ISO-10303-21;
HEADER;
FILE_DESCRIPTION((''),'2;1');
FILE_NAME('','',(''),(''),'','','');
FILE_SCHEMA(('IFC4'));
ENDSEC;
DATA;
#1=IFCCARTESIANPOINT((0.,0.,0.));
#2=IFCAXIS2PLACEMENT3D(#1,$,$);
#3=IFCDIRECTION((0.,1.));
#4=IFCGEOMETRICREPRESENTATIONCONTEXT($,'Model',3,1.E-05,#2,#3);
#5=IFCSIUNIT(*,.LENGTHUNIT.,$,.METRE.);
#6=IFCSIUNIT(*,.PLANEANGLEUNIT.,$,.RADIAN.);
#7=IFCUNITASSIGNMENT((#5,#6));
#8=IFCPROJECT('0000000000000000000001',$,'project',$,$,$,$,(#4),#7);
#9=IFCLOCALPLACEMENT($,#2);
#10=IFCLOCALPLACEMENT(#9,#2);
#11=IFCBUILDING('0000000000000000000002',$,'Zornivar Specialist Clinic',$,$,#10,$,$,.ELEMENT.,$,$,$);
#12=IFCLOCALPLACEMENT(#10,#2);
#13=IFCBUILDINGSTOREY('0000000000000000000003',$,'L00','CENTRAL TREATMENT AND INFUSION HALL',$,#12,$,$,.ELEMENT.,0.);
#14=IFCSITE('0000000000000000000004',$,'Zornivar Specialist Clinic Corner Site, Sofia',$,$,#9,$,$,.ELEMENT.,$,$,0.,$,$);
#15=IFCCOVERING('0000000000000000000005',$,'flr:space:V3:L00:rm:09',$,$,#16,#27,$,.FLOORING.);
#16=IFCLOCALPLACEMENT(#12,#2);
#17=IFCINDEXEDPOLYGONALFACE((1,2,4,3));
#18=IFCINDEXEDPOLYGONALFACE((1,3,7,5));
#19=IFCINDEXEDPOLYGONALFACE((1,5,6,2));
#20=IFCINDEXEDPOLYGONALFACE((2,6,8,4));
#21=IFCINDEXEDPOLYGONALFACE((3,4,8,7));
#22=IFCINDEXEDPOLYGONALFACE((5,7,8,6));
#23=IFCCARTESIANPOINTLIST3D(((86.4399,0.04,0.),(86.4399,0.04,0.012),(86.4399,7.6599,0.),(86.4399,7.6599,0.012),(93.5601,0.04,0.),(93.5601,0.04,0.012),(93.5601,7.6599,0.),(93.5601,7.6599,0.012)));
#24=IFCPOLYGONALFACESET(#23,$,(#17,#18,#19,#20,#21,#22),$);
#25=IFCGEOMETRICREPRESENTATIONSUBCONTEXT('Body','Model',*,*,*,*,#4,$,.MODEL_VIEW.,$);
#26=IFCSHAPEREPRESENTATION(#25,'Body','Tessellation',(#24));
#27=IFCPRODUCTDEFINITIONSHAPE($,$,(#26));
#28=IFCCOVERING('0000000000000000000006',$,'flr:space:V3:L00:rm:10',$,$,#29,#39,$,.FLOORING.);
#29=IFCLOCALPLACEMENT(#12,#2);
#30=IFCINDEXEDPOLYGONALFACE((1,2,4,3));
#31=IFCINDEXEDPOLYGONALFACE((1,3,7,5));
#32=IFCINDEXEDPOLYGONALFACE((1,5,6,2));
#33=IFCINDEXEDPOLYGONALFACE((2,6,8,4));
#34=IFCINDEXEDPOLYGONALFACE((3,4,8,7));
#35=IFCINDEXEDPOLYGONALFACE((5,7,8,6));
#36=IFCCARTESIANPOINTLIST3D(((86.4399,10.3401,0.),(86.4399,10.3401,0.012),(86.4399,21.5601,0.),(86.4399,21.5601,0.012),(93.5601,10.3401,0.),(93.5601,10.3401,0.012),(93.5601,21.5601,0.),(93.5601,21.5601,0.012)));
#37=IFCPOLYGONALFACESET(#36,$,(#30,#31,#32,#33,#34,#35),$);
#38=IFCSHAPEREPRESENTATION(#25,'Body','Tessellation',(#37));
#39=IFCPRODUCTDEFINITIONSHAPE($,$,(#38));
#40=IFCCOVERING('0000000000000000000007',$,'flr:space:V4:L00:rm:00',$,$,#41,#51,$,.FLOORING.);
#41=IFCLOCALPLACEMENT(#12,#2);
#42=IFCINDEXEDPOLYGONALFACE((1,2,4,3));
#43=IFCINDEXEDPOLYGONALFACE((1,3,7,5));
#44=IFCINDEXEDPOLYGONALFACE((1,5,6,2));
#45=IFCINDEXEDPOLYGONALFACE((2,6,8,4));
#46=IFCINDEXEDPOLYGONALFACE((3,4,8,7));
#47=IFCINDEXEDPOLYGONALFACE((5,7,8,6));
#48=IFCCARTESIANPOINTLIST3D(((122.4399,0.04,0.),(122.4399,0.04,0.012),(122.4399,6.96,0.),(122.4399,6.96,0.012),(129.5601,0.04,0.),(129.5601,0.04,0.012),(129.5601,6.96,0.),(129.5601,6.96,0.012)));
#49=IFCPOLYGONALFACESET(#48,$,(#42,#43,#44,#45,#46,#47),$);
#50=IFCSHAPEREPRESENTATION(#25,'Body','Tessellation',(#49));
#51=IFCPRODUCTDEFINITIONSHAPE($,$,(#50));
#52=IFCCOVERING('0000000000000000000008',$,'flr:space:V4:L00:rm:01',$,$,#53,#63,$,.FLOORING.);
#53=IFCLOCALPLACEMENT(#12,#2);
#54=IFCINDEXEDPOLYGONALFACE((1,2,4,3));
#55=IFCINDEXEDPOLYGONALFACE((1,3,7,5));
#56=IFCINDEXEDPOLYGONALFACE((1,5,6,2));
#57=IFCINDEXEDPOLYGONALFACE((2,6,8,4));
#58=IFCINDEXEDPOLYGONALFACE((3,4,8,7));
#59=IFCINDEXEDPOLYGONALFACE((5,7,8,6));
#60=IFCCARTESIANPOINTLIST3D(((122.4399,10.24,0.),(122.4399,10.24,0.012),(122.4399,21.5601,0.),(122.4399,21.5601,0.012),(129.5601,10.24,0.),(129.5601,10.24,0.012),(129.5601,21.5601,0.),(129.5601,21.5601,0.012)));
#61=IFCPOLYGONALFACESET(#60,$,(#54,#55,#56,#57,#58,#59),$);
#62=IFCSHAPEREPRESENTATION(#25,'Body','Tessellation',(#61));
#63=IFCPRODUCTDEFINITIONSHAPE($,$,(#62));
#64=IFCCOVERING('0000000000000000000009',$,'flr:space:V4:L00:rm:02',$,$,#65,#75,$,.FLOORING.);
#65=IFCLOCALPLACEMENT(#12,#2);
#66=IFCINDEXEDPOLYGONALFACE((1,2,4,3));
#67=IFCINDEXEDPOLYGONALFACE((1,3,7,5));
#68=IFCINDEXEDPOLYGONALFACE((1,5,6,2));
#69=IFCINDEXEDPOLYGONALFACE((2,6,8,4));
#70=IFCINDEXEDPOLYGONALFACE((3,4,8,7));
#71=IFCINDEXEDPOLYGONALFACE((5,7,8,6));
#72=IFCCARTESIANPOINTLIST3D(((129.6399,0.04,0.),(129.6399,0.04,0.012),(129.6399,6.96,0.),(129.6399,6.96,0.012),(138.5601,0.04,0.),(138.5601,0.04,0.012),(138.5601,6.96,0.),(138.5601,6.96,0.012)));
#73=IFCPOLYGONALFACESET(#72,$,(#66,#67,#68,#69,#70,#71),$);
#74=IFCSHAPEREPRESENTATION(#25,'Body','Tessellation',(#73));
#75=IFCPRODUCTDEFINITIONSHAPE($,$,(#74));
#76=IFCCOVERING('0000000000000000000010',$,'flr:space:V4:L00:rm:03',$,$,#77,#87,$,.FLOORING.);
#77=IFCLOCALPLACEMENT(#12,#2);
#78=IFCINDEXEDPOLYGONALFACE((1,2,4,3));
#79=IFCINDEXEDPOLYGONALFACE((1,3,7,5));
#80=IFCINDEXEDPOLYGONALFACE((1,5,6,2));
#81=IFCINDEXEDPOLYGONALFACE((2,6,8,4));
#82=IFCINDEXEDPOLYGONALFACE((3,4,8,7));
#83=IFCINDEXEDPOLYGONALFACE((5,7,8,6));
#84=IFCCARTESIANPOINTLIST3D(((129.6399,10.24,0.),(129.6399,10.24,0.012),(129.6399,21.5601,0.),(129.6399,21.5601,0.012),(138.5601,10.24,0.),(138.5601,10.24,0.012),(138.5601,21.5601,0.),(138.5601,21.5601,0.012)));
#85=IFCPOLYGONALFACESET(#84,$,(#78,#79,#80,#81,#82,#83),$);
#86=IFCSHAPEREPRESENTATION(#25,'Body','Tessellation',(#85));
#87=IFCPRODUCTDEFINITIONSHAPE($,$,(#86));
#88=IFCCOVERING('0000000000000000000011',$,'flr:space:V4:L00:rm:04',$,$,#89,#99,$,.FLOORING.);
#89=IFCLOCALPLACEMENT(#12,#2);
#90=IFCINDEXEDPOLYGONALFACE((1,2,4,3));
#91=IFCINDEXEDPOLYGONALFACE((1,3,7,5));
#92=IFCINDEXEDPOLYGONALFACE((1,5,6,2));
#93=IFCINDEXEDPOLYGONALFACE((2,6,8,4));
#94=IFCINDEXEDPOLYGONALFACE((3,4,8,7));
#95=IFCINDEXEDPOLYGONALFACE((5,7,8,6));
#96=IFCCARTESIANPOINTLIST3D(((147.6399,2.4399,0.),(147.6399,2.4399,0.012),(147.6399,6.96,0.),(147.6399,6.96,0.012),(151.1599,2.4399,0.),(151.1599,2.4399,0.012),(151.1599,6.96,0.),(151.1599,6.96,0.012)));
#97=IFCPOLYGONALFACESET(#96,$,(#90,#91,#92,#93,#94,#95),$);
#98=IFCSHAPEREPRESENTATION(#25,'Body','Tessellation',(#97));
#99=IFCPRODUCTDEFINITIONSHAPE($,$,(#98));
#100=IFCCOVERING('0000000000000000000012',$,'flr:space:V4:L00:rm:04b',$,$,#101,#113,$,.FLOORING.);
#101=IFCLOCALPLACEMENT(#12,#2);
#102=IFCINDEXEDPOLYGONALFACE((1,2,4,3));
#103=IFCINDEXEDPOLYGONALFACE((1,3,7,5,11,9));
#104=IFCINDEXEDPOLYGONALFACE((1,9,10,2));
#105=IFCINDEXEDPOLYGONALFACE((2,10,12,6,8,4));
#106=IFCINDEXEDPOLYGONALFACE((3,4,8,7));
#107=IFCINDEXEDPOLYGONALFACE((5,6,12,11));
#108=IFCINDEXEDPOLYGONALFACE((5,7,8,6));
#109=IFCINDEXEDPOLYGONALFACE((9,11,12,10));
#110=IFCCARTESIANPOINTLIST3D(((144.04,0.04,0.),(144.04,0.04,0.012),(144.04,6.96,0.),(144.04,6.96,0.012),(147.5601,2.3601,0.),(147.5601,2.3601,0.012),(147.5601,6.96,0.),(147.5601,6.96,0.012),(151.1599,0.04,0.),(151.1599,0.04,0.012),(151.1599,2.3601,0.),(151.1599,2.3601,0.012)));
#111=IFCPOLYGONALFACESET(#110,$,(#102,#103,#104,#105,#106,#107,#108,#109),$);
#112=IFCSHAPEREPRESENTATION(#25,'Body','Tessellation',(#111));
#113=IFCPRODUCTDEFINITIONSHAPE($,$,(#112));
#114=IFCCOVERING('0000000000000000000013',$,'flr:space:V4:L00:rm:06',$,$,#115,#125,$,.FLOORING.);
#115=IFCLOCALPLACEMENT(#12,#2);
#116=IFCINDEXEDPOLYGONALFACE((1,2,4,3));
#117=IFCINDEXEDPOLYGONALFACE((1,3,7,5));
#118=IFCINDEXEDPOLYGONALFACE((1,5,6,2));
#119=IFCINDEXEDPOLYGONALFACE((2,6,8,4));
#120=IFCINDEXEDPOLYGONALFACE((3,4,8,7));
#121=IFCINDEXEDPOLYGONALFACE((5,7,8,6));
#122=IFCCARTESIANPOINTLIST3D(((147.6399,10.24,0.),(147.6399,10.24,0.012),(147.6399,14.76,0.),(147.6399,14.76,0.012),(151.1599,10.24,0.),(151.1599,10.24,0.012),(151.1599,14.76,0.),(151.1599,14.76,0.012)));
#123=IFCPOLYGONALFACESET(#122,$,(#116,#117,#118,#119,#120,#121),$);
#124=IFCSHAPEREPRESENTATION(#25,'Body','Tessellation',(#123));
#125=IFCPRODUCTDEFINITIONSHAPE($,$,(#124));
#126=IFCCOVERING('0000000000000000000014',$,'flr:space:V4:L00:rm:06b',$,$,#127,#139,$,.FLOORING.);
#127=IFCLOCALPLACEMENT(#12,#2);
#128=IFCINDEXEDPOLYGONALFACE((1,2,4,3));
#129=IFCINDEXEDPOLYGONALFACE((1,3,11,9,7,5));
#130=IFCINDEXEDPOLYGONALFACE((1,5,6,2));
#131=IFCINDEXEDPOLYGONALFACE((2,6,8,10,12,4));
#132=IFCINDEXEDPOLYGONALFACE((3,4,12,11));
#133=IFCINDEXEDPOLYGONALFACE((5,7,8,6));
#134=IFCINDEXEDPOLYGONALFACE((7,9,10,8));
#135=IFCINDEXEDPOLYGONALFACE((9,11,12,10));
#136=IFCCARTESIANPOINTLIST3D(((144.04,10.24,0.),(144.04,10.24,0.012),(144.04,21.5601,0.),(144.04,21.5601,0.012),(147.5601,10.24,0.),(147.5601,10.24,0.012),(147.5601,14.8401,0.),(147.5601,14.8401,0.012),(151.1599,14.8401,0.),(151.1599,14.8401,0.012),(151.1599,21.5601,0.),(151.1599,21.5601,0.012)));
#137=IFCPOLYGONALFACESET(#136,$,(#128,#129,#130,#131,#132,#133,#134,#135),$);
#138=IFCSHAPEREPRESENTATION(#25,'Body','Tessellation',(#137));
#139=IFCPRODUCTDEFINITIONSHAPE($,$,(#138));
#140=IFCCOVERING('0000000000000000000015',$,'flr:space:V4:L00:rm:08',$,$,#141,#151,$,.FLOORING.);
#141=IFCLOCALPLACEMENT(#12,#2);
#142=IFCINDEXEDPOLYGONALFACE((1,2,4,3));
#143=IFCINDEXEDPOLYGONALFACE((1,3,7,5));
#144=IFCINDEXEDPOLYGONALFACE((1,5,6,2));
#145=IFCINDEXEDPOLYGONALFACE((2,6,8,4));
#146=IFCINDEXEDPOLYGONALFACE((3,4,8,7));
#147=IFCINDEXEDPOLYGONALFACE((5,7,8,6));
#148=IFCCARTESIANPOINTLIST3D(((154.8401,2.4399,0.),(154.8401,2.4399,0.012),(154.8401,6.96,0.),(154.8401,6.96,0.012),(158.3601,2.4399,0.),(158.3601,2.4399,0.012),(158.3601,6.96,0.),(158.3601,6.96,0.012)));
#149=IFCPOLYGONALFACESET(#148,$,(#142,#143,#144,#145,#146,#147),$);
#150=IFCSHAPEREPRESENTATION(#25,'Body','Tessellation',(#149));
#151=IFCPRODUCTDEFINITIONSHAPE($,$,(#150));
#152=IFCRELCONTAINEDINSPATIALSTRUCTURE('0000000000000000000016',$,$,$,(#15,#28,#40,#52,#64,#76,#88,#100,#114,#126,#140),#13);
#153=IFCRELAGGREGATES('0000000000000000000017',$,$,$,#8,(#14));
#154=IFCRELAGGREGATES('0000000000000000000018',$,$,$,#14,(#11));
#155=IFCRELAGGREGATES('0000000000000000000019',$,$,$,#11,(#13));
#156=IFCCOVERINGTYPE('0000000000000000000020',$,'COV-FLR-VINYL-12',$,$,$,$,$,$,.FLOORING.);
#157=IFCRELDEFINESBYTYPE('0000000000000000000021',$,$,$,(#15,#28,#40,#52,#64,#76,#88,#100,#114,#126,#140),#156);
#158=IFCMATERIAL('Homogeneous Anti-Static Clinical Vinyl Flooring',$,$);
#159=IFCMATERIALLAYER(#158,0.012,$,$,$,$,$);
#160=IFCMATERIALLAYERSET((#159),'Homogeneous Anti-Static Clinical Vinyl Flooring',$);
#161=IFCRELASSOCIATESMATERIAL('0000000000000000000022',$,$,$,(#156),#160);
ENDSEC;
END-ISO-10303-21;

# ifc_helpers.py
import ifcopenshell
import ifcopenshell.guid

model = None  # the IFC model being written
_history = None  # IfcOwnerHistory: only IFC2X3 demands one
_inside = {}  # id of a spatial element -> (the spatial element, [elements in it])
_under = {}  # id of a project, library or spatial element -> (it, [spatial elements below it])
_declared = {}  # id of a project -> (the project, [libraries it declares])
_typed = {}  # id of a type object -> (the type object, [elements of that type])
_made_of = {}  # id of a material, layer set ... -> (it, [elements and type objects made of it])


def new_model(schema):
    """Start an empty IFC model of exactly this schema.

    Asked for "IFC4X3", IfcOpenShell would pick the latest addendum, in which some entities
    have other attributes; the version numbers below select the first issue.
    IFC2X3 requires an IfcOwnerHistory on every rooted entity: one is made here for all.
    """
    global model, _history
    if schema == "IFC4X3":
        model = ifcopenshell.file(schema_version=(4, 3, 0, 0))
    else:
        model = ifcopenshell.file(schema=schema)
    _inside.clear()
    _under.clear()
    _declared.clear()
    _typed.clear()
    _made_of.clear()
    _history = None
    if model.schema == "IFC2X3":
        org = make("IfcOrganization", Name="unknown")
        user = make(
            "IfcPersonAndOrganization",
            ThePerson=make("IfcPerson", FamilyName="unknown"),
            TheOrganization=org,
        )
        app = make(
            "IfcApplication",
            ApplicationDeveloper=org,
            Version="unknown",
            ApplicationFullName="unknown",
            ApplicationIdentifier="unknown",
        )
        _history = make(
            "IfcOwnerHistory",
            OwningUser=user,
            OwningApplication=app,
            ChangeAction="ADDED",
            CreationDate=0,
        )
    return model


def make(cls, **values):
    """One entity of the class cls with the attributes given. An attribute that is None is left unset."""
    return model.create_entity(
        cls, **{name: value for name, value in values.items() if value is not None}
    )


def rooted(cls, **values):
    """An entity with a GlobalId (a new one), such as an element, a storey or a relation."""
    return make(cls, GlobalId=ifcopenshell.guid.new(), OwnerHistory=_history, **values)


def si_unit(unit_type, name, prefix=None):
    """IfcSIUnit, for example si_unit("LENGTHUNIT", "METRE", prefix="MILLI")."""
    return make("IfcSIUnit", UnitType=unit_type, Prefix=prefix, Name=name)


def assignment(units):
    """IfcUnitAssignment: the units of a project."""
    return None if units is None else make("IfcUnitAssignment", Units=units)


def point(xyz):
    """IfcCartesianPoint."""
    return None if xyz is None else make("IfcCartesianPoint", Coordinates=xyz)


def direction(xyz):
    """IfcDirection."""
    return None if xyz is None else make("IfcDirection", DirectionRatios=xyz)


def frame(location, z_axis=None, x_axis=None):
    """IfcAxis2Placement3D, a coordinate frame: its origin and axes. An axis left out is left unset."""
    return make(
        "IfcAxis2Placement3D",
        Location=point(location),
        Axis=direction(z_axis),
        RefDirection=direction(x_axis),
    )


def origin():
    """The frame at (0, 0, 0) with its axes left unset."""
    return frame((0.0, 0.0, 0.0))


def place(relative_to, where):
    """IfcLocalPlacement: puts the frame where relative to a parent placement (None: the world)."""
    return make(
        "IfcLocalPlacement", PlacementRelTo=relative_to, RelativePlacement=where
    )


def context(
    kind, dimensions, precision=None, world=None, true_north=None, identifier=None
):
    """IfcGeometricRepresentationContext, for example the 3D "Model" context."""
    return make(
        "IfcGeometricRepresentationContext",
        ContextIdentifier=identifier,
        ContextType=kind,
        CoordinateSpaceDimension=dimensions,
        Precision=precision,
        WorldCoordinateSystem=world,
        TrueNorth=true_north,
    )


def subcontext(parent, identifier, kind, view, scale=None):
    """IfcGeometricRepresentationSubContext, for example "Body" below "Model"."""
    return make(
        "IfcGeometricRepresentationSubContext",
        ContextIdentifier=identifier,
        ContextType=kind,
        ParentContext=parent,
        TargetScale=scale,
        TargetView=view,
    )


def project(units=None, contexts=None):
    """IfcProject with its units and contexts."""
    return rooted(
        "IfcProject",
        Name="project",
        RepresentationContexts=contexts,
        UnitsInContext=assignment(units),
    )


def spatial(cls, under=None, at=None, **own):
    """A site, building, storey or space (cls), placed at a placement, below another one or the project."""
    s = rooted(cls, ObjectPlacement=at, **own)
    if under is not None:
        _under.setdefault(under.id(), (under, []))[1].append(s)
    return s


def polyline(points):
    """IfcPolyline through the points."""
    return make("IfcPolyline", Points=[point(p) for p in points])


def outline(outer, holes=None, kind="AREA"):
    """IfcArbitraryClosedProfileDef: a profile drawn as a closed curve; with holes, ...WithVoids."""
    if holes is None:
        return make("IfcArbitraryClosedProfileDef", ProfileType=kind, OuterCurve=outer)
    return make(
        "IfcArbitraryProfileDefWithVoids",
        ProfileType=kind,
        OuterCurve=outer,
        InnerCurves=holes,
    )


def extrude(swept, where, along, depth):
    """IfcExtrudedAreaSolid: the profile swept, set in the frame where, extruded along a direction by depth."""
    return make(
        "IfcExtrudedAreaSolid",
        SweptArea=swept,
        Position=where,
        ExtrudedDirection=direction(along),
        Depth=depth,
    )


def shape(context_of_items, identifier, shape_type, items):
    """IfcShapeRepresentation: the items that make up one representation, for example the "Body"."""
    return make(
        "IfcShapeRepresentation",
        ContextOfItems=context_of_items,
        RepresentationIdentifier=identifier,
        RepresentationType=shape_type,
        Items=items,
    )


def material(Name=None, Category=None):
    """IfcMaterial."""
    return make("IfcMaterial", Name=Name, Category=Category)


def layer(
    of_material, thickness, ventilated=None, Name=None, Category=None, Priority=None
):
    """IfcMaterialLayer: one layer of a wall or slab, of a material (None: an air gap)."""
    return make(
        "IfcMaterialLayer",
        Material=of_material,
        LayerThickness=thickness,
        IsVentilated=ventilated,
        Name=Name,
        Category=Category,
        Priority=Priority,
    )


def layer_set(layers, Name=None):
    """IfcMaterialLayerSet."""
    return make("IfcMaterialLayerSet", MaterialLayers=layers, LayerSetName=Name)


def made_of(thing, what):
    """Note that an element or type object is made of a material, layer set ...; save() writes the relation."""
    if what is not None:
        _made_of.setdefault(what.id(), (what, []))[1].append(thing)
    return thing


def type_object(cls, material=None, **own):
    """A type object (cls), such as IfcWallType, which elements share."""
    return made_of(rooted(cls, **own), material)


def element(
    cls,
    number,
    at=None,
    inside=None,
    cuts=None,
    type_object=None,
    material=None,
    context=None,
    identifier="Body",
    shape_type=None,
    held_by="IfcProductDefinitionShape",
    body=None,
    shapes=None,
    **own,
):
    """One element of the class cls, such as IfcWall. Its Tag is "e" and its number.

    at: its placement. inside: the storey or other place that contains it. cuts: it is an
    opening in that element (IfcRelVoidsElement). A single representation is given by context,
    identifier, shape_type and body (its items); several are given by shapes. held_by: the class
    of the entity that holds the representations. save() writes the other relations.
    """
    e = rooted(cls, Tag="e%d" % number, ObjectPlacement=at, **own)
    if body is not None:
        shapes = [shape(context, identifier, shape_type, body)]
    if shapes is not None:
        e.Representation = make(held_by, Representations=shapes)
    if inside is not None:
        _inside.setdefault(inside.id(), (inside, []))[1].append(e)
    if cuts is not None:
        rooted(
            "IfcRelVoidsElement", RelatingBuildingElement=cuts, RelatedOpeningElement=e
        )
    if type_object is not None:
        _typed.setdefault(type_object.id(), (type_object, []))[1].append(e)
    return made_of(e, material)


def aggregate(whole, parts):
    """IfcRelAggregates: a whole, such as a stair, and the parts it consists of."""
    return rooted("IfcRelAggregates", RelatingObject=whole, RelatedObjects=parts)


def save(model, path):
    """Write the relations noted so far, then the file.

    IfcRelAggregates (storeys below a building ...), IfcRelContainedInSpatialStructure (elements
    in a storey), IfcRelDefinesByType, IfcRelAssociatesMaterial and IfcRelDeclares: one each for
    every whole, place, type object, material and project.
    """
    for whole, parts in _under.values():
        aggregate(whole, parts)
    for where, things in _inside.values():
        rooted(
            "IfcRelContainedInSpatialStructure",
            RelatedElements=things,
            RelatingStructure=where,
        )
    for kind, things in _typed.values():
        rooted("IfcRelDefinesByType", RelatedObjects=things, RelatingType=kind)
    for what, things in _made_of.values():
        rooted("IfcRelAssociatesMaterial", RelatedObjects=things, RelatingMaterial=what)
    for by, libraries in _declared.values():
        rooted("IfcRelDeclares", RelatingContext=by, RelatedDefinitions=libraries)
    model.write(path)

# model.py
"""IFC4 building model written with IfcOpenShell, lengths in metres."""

from ifc_helpers import new_model, si_unit, direction, origin, place, context, subcontext, project, spatial, polyline, outline, extrude, material, layer, layer_set, type_object, element, save


model = new_model("IFC4")

# Units and contexts
model_context = context("Model", 3, precision=1e-05, world=origin(), true_north=direction((0.0, 1.0)))
body_context = subcontext(model_context, "Body", "Model", "MODEL_VIEW")
ifc_project = project(units=[si_unit("LENGTHUNIT", "METRE"), si_unit("PLANEANGLEUNIT", "RADIAN")], contexts=[model_context])

# Site, building, storey
site_placement = place(None, origin())
site = spatial("IfcSite", under=ifc_project, at=site_placement, Name="Zornivar Specialist Clinic Corner Site, Sofia", CompositionType="ELEMENT", RefElevation=0.0)
building_placement = place(site_placement, origin())
building = spatial("IfcBuilding", under=site, at=building_placement, Name="Zornivar Specialist Clinic", CompositionType="ELEMENT")
storey_placement = place(building_placement, origin())
storey = spatial("IfcBuildingStorey", under=building, at=storey_placement, Name="L00", Description="CENTRAL TREATMENT AND INFUSION HALL", CompositionType="ELEMENT", Elevation=0.0)

# Coverings
ifc_material_1 = material(Name="Homogeneous Anti-Static Clinical Vinyl Flooring")
ifc_layer_1 = layer(ifc_material_1, 0.012)
ifc_layer_set_1 = layer_set([ifc_layer_1], Name="Homogeneous Anti-Static Clinical Vinyl Flooring")
covering_type_1 = type_object("IfcCoveringType", Name="COV-FLR-VINYL-12", PredefinedType="FLOORING", material=ifc_layer_set_1)
covering_1_placement = place(storey_placement, origin())
element("IfcCovering", 1, at=covering_1_placement, inside=storey, type_object=covering_type_1, Name="flr:space:V3:L00:rm:09", PredefinedType="FLOORING", context=body_context, shape_type="SweptSolid", body=[
    extrude(outline(polyline([(86.4399, 7.6599), (93.5601, 7.6599), (93.5601, 0.04), (86.4399, 0.04), (86.4399, 7.6599)])), origin(), (0.0, 0.0, 1.0), 0.012),
])
covering_2_placement = place(storey_placement, origin())
element("IfcCovering", 2, at=covering_2_placement, inside=storey, type_object=covering_type_1, Name="flr:space:V3:L00:rm:10", PredefinedType="FLOORING", context=body_context, shape_type="SweptSolid", body=[
    extrude(outline(polyline([(86.4399, 10.3401), (86.4399, 21.5601), (93.5601, 21.5601), (93.5601, 10.3401), (86.4399, 10.3401)])), origin(), (0.0, 0.0, 1.0), 0.012),
])
covering_3_placement = place(storey_placement, origin())
element("IfcCovering", 3, at=covering_3_placement, inside=storey, type_object=covering_type_1, Name="flr:space:V4:L00:rm:00", PredefinedType="FLOORING", context=body_context, shape_type="SweptSolid", body=[
    extrude(outline(polyline([(129.5601, 6.96), (129.5601, 0.04), (122.4399, 0.04), (122.4399, 6.96), (129.5601, 6.96)])), origin(), (0.0, 0.0, 1.0), 0.012),
])
covering_4_placement = place(storey_placement, origin())
element("IfcCovering", 4, at=covering_4_placement, inside=storey, type_object=covering_type_1, Name="flr:space:V4:L00:rm:01", PredefinedType="FLOORING", context=body_context, shape_type="SweptSolid", body=[
    extrude(outline(polyline([(122.4399, 21.5601), (129.5601, 21.5601), (129.5601, 10.24), (122.4399, 10.24), (122.4399, 21.5601)])), origin(), (0.0, 0.0, 1.0), 0.012),
])
covering_5_placement = place(storey_placement, origin())
element("IfcCovering", 5, at=covering_5_placement, inside=storey, type_object=covering_type_1, Name="flr:space:V4:L00:rm:02", PredefinedType="FLOORING", context=body_context, shape_type="SweptSolid", body=[
    extrude(outline(polyline([(138.5601, 0.04), (129.6399, 0.04), (129.6399, 6.96), (138.5601, 6.96), (138.5601, 0.04)])), origin(), (0.0, 0.0, 1.0), 0.012),
])
covering_6_placement = place(storey_placement, origin())
element("IfcCovering", 6, at=covering_6_placement, inside=storey, type_object=covering_type_1, Name="flr:space:V4:L00:rm:03", PredefinedType="FLOORING", context=body_context, shape_type="SweptSolid", body=[
    extrude(outline(polyline([(129.6399, 10.24), (129.6399, 21.5601), (138.5601, 21.5601), (138.5601, 10.24), (129.6399, 10.24)])), origin(), (0.0, 0.0, 1.0), 0.012),
])
covering_7_placement = place(storey_placement, origin())
element("IfcCovering", 7, at=covering_7_placement, inside=storey, type_object=covering_type_1, Name="flr:space:V4:L00:rm:04", PredefinedType="FLOORING", context=body_context, shape_type="SweptSolid", body=[
    extrude(outline(polyline([(151.1599, 2.4399), (147.6399, 2.4399), (147.6399, 6.96), (151.1599, 6.96), (151.1599, 2.4399)])), origin(), (0.0, 0.0, 1.0), 0.012),
])
covering_8_placement = place(storey_placement, origin())
element("IfcCovering", 8, at=covering_8_placement, inside=storey, type_object=covering_type_1, Name="flr:space:V4:L00:rm:04b", PredefinedType="FLOORING", context=body_context, shape_type="SweptSolid", body=[
    extrude(outline(polyline([(147.5601, 6.96), (147.5601, 2.3601), (151.1599, 2.3601), (151.1599, 0.04), (144.04, 0.04), (144.04, 6.96), (147.5601, 6.96)])), origin(), (0.0, 0.0, 1.0), 0.012),
])
covering_9_placement = place(storey_placement, origin())
element("IfcCovering", 9, at=covering_9_placement, inside=storey, type_object=covering_type_1, Name="flr:space:V4:L00:rm:06", PredefinedType="FLOORING", context=body_context, shape_type="SweptSolid", body=[
    extrude(outline(polyline([(147.6399, 14.76), (151.1599, 14.76), (151.1599, 10.24), (147.6399, 10.24), (147.6399, 14.76)])), origin(), (0.0, 0.0, 1.0), 0.012),
])
covering_10_placement = place(storey_placement, origin())
element("IfcCovering", 10, at=covering_10_placement, inside=storey, type_object=covering_type_1, Name="flr:space:V4:L00:rm:06b", PredefinedType="FLOORING", context=body_context, shape_type="SweptSolid", body=[
    extrude(outline(polyline([(144.04, 21.5601), (151.1599, 21.5601), (151.1599, 14.8401), (147.5601, 14.8401), (147.5601, 10.24), (144.04, 10.24), (144.04, 21.5601)])), origin(), (0.0, 0.0, 1.0), 0.012),
])
covering_11_placement = place(storey_placement, origin())
element("IfcCovering", 11, at=covering_11_placement, inside=storey, type_object=covering_type_1, Name="flr:space:V4:L00:rm:08", PredefinedType="FLOORING", context=body_context, shape_type="SweptSolid", body=[
    extrude(outline(polyline([(158.3601, 2.4399), (154.8401, 2.4399), (154.8401, 6.96), (158.3601, 6.96), (158.3601, 2.4399)])), origin(), (0.0, 0.0, 1.0), 0.012),
])

save(model, "model.ifc")
